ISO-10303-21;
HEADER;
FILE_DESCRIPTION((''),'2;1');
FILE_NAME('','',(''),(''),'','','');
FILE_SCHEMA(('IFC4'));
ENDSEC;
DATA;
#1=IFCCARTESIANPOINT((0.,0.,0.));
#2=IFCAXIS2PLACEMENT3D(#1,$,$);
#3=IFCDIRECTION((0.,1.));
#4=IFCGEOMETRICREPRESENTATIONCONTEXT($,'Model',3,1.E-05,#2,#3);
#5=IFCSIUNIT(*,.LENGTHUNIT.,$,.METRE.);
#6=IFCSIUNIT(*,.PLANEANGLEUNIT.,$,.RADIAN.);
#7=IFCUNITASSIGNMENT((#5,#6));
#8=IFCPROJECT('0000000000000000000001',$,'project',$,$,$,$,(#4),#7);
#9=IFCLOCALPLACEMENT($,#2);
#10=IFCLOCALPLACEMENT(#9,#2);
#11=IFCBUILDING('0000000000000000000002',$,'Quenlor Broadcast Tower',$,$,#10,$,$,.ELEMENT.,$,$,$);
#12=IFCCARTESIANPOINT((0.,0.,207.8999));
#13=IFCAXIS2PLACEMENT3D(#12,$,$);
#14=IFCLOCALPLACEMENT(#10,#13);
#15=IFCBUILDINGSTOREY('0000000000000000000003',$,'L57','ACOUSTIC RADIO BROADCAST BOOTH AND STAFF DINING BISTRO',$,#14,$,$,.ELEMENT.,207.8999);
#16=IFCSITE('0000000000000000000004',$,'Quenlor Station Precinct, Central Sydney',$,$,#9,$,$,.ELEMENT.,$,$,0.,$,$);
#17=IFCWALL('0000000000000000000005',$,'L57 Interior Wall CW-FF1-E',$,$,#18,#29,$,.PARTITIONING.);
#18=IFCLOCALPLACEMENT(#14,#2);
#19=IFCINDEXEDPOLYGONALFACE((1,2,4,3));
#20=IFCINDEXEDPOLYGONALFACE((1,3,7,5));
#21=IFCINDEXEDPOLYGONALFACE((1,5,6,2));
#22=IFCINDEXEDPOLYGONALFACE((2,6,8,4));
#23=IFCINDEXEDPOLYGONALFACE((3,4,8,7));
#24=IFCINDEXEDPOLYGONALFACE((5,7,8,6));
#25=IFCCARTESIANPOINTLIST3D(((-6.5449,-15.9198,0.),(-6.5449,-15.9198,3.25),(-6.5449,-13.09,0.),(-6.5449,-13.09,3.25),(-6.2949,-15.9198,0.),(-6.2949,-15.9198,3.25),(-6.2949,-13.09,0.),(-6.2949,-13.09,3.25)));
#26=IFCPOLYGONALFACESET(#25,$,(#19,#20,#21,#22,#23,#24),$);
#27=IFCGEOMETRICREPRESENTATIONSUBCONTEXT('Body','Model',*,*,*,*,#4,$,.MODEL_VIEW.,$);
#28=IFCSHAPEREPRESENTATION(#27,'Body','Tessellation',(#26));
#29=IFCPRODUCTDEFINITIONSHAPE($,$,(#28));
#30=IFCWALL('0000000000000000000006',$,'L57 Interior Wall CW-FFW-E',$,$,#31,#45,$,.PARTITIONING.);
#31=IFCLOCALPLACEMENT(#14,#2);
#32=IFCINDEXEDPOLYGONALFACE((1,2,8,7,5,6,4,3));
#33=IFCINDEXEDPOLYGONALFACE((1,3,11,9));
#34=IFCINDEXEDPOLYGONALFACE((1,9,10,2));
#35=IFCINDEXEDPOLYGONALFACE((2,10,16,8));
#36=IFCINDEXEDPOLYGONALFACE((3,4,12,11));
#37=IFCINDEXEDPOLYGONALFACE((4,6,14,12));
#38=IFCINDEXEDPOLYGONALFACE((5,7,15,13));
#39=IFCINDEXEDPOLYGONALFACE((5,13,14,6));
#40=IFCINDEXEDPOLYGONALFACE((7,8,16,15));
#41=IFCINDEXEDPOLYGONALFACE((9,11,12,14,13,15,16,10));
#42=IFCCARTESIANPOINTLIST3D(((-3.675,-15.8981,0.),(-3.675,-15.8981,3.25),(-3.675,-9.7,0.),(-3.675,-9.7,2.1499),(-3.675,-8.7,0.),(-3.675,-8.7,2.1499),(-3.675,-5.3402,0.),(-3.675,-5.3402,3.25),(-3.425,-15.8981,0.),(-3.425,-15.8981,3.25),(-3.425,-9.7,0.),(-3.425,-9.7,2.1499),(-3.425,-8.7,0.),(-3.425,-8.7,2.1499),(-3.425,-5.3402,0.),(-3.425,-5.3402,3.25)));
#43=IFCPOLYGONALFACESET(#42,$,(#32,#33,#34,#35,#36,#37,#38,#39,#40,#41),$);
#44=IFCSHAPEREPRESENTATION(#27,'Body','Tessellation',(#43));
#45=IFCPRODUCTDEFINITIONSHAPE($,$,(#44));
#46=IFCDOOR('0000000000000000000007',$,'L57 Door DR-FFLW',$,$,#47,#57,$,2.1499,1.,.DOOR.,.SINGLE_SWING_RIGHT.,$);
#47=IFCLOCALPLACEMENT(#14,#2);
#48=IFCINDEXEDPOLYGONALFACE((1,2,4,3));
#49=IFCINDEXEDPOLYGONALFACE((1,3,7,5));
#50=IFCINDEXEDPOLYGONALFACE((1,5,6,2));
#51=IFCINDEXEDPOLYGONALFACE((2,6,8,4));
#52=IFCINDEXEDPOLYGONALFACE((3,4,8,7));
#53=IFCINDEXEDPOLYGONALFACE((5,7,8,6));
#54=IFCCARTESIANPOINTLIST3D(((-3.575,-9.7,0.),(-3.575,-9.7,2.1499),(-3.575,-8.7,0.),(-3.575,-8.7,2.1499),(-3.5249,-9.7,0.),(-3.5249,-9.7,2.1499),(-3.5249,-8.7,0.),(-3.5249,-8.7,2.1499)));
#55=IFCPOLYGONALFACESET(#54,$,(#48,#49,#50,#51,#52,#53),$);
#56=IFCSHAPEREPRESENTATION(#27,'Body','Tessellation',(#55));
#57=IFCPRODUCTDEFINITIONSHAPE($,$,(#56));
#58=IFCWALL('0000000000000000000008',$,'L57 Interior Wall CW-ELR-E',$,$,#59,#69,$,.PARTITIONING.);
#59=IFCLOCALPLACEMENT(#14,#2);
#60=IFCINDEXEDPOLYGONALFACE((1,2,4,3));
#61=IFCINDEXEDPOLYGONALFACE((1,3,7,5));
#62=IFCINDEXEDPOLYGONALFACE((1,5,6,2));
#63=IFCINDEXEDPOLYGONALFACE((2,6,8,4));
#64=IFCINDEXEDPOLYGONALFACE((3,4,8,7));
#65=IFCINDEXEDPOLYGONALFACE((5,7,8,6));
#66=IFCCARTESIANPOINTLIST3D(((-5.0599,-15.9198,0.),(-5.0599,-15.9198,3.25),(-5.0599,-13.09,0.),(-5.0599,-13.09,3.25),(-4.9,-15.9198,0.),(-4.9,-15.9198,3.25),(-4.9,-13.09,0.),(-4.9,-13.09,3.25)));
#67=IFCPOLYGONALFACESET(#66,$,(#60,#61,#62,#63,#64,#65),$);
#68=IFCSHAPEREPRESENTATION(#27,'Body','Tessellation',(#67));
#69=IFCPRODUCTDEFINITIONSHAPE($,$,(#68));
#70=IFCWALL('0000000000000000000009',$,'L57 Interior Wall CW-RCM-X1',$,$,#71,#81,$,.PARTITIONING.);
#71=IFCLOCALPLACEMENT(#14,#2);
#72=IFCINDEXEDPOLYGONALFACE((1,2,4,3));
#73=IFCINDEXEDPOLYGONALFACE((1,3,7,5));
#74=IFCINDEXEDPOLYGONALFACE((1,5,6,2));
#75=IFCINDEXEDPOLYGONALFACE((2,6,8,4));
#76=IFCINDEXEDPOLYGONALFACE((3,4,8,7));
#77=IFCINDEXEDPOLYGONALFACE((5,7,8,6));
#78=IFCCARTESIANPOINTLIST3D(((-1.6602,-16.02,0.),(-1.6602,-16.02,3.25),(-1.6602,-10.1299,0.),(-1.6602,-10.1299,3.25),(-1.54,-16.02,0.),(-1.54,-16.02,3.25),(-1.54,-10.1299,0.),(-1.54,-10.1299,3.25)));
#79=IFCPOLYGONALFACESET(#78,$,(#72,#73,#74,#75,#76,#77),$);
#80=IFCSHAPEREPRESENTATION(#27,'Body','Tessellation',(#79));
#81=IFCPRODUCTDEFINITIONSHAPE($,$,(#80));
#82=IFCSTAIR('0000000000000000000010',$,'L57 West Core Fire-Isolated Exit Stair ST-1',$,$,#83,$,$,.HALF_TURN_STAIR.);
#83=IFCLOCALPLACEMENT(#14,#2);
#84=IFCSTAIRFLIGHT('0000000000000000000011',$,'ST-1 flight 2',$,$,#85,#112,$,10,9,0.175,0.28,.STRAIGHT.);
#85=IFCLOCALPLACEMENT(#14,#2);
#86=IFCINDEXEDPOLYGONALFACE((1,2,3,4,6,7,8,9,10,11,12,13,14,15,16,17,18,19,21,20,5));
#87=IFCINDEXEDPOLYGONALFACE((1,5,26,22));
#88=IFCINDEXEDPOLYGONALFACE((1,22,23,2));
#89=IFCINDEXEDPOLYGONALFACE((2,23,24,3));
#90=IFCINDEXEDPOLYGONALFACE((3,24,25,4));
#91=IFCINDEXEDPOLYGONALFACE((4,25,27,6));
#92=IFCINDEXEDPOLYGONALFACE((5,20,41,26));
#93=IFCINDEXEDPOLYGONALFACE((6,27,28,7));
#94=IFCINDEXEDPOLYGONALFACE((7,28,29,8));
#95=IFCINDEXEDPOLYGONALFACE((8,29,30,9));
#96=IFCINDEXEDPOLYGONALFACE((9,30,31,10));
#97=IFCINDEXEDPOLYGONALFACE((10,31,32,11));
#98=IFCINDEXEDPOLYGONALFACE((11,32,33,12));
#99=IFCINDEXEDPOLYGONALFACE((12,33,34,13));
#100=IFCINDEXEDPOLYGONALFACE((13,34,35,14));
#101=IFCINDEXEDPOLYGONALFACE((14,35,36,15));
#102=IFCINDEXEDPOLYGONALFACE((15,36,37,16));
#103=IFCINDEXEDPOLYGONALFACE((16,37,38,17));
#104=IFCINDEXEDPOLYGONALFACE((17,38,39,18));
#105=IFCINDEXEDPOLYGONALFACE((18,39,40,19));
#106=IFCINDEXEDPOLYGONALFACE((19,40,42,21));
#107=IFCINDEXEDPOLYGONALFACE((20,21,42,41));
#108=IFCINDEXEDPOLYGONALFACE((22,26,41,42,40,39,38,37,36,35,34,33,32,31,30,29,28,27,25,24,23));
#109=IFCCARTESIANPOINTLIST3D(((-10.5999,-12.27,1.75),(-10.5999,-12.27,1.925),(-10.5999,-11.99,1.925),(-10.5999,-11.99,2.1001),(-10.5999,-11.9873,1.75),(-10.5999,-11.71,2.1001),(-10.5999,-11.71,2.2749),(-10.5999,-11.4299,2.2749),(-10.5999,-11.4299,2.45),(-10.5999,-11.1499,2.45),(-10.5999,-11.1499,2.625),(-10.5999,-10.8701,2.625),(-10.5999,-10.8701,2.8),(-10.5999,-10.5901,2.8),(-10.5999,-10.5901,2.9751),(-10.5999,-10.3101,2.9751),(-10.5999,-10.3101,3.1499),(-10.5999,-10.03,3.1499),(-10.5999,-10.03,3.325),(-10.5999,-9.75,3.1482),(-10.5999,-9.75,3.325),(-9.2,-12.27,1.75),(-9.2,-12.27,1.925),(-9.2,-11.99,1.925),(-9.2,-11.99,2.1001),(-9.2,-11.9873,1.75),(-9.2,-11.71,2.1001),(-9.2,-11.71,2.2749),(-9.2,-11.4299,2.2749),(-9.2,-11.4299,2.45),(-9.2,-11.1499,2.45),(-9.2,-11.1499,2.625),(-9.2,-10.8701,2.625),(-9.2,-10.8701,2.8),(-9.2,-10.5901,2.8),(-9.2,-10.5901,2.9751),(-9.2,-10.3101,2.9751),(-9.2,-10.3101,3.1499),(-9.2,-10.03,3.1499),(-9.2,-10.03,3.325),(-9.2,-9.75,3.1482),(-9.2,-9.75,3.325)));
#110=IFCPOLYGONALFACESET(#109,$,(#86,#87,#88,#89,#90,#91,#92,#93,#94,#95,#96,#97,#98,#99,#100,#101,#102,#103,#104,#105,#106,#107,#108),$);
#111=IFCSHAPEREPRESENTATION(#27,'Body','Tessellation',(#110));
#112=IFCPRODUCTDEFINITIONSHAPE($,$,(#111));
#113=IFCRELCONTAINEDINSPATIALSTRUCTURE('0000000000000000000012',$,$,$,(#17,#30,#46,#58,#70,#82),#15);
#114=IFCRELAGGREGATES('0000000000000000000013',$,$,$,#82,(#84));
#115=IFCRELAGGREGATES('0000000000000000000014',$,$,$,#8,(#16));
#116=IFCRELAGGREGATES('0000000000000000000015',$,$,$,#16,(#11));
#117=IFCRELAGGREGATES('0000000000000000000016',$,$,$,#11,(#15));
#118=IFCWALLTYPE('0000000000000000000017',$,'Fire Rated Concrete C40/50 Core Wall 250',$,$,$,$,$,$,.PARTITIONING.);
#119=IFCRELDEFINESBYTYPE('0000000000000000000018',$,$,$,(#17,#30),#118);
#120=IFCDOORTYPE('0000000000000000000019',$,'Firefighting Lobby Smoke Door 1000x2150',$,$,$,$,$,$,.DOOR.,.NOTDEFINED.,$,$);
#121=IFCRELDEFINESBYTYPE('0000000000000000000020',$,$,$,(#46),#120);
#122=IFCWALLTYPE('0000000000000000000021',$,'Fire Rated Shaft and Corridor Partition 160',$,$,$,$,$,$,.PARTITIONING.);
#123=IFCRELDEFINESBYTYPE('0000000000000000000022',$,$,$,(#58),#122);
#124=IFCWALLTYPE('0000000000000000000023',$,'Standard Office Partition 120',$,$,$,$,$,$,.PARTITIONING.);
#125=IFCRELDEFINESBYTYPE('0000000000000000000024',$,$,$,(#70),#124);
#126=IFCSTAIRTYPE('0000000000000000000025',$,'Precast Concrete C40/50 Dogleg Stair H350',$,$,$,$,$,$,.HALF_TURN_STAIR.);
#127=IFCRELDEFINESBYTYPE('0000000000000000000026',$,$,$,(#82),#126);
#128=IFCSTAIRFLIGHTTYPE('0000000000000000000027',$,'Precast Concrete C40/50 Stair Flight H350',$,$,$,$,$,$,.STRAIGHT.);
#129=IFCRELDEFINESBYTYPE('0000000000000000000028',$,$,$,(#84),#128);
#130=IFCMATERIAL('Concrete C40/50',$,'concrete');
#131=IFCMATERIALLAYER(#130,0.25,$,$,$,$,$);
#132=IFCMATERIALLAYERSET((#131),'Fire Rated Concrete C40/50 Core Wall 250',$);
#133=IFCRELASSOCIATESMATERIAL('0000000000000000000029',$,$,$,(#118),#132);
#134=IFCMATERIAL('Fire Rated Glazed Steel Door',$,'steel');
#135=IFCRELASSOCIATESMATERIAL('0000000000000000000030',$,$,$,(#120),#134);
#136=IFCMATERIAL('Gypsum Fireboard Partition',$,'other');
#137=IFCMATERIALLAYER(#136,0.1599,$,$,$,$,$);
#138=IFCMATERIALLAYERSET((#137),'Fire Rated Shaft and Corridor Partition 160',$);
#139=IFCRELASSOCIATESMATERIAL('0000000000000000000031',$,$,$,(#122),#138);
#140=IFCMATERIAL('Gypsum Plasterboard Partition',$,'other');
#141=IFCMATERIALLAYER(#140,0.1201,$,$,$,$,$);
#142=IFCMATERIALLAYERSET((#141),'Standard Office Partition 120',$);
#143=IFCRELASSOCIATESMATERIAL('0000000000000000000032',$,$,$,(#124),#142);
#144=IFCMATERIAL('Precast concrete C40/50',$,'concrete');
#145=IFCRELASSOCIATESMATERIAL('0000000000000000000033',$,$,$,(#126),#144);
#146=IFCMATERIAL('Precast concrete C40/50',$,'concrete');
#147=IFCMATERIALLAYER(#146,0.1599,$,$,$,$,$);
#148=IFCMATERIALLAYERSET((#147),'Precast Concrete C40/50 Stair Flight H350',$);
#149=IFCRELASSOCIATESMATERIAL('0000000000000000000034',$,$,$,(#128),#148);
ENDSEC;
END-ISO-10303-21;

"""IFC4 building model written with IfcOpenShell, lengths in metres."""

from ifc_helpers import new_model, si_unit, direction, frame, frame_2d, origin, place, context, subcontext, project, spatial, polyline, rectangle, outline, extrude, material, layer, layer_set, type_object, element, fill, aggregate, save


model = new_model("IFC4")

# Units and contexts
model_context = context("Model", 3, precision=1e-05, world=origin(), true_north=direction((0.0, 1.0)))
body_context = subcontext(model_context, "Body", "Model", "MODEL_VIEW")
ifc_project = project(units=[si_unit("LENGTHUNIT", "METRE"), si_unit("PLANEANGLEUNIT", "RADIAN")], contexts=[model_context])

# Site, building, storey
site_placement = place(None, origin())
site = spatial("IfcSite", under=ifc_project, at=site_placement, Name="Quenlor Station Precinct, Central Sydney", CompositionType="ELEMENT", RefElevation=0.0)
building_placement = place(site_placement, origin())
building = spatial("IfcBuilding", under=site, at=building_placement, Name="Quenlor Broadcast Tower", CompositionType="ELEMENT")
storey_placement = place(building_placement, frame((0.0, 0.0, 207.8999)))
storey = spatial("IfcBuildingStorey", under=building, at=storey_placement, Name="L57", Description="ACOUSTIC RADIO BROADCAST BOOTH AND STAFF DINING BISTRO", CompositionType="ELEMENT", Elevation=207.8999)

# Shared definitions
ifc_material_1 = material(Name="Concrete C40/50", Category="concrete")
ifc_layer_1 = layer(ifc_material_1, 0.25)
ifc_layer_set_1 = layer_set([ifc_layer_1], Name="Fire Rated Concrete C40/50 Core Wall 250")
wall_type_1 = type_object("IfcWallType", Name="Fire Rated Concrete C40/50 Core Wall 250", PredefinedType="PARTITIONING", material=ifc_layer_set_1)

# Wall
wall_1_placement = place(storey_placement, frame((-6.4199, -15.9199, 0.0), z_axis=(0.0, 0.0, 1.0), x_axis=(0.0, 1.0, 0.0)))
element("IfcWall", 1, at=wall_1_placement, inside=storey, type_object=wall_type_1, Name="L57 Interior Wall CW-FF1-E", PredefinedType="PARTITIONING", context=body_context, shape_type="SweptSolid", body=[
    extrude(rectangle(XDim=2.8298, YDim=0.25, at=frame_2d((1.415, 0.0))), origin(), (0.0, 0.0, 1.0), 3.25),
])

# Wall, opening, door
wall_2_placement = place(storey_placement, frame((-3.55, -15.8979, 0.0), z_axis=(0.0, 0.0, 1.0), x_axis=(0.0, 1.0, 0.0)))
wall_2 = element("IfcWall", 2, at=wall_2_placement, inside=storey, type_object=wall_type_1, Name="L57 Interior Wall CW-FFW-E", PredefinedType="PARTITIONING", context=body_context, shape_type="SweptSolid", body=[
    extrude(rectangle(XDim=10.5579, YDim=0.25, at=frame_2d((5.2788, 0.0))), origin(), (0.0, 0.0, 1.0), 3.25),
])
opening_1_placement = place(wall_2_placement, frame((6.198, 0.0, 0.0)))
opening_1 = element("IfcOpeningElement", 3, at=opening_1_placement, cuts=wall_2, PredefinedType="OPENING", context=body_context, shape_type="SweptSolid", body=[
    extrude(rectangle(XDim=1.0, YDim=2.1499, at=frame_2d((0.5, 1.075))), frame((0.0, 0.135, 0.0), z_axis=(0.0, -1.0, 0.0), x_axis=(1.0, 0.0, 0.0)), (0.0, 0.0, 1.0), 0.27),
])
ifc_material_2 = material(Name="Fire Rated Glazed Steel Door", Category="steel")
door_type_1 = type_object("IfcDoorType", Name="Firefighting Lobby Smoke Door 1000x2150", OperationType="NOTDEFINED", PredefinedType="DOOR", material=ifc_material_2)
door_1_placement = place(opening_1_placement, origin())
door_1 = element("IfcDoor", 4, at=door_1_placement, inside=storey, type_object=door_type_1, Name="L57 Door DR-FFLW", OperationType="SINGLE_SWING_RIGHT", OverallHeight=2.1499, OverallWidth=1.0, PredefinedType="DOOR", context=body_context, shape_type="SweptSolid", body=[
    extrude(rectangle(XDim=1.0, YDim=2.1499, at=frame_2d((0.5, 1.075))), frame((0.0, 0.0249, 0.0), z_axis=(0.0, -1.0, 0.0), x_axis=(1.0, 0.0, 0.0)), (0.0, 0.0, 1.0), 0.05),
])
fill(opening_1, door_1)

# Wall
ifc_material_3 = material(Name="Gypsum Fireboard Partition", Category="other")
ifc_layer_2 = layer(ifc_material_3, 0.1599)
ifc_layer_set_2 = layer_set([ifc_layer_2], Name="Fire Rated Shaft and Corridor Partition 160")
wall_type_2 = type_object("IfcWallType", Name="Fire Rated Shaft and Corridor Partition 160", PredefinedType="PARTITIONING", material=ifc_layer_set_2)
wall_3_placement = place(storey_placement, frame((-4.98, -15.9199, 0.0), z_axis=(0.0, 0.0, 1.0), x_axis=(0.0, 1.0, 0.0)))
element("IfcWall", 5, at=wall_3_placement, inside=storey, type_object=wall_type_2, Name="L57 Interior Wall CW-ELR-E", PredefinedType="PARTITIONING", context=body_context, shape_type="SweptSolid", body=[
    extrude(rectangle(XDim=2.8298, YDim=0.1599, at=frame_2d((1.415, 0.0))), origin(), (0.0, 0.0, 1.0), 3.25),
])

# Shared definitions
ifc_material_4 = material(Name="Gypsum Plasterboard Partition", Category="other")
ifc_layer_3 = layer(ifc_material_4, 0.1201)
ifc_layer_set_3 = layer_set([ifc_layer_3], Name="Standard Office Partition 120")
wall_type_3 = type_object("IfcWallType", Name="Standard Office Partition 120", PredefinedType="PARTITIONING", material=ifc_layer_set_3)

# Wall
wall_4_placement = place(storey_placement, frame((-1.6001, -16.02, 0.0), z_axis=(0.0, 0.0, 1.0), x_axis=(0.0, 1.0, 0.0)))
element("IfcWall", 6, at=wall_4_placement, inside=storey, type_object=wall_type_3, Name="L57 Interior Wall CW-RCM-X1", PredefinedType="PARTITIONING", context=body_context, shape_type="SweptSolid", body=[
    extrude(rectangle(XDim=5.8901, YDim=0.1201, at=frame_2d((2.9451, 0.0))), origin(), (0.0, 0.0, 1.0), 3.25),
])

# Stair, stair flight
ifc_material_5 = material(Name="Precast concrete C40/50", Category="concrete")
stair_type = type_object("IfcStairType", Name="Precast Concrete C40/50 Dogleg Stair H350", PredefinedType="HALF_TURN_STAIR", material=ifc_material_5)
stair_placement = place(storey_placement, origin())
stair = element("IfcStair", 7, at=stair_placement, inside=storey, type_object=stair_type, Name="L57 West Core Fire-Isolated Exit Stair ST-1", PredefinedType="HALF_TURN_STAIR")
ifc_material_6 = material(Name="Precast concrete C40/50", Category="concrete")
ifc_layer_4 = layer(ifc_material_6, 0.1599)
ifc_layer_set_4 = layer_set([ifc_layer_4], Name="Precast Concrete C40/50 Stair Flight H350")
stair_flight_type = type_object("IfcStairFlightType", Name="Precast Concrete C40/50 Stair Flight H350", PredefinedType="STRAIGHT", material=ifc_layer_set_4)
stair_flight_placement = place(storey_placement, frame((-9.8999, -12.27, 1.75), z_axis=(0.0, 0.0, 1.0), x_axis=(0.0, 1.0, 0.0)))
stair_flight = element("IfcStairFlight", 8, at=stair_flight_placement, type_object=stair_flight_type, Name="ST-1 flight 2", NumberOfRisers=10, NumberOfTreads=9, PredefinedType="STRAIGHT", RiserHeight=0.175, TreadLength=0.28, context=body_context, shape_type="SweptSolid", body=[
    extrude(outline(polyline([(0.0, 0.0), (0.0, 0.175), (0.28, 0.175), (0.28, 0.3501), (0.5601, 0.3501), (0.5601, 0.5249), (0.8401, 0.5249), (0.8401, 0.7), (1.1201, 0.7), (1.1201, 0.875), (1.3999, 0.875), (1.3999, 1.05), (1.6799, 1.05), (1.6799, 1.2251), (1.96, 1.2251), (1.96, 1.3999), (2.24, 1.3999), (2.24, 1.575), (2.52, 1.575), (2.52, 1.75), (2.52, 1.3982), (0.2827, 0.0), (0.0, 0.0)])), frame((0.0, 0.7, 0.0), z_axis=(0.0, -1.0, 0.0), x_axis=(1.0, 0.0, 0.0)), (0.0, 0.0, 1.0), 1.3999),
])
aggregate(stair, [stair_flight])

save(model, "model.ifc")
